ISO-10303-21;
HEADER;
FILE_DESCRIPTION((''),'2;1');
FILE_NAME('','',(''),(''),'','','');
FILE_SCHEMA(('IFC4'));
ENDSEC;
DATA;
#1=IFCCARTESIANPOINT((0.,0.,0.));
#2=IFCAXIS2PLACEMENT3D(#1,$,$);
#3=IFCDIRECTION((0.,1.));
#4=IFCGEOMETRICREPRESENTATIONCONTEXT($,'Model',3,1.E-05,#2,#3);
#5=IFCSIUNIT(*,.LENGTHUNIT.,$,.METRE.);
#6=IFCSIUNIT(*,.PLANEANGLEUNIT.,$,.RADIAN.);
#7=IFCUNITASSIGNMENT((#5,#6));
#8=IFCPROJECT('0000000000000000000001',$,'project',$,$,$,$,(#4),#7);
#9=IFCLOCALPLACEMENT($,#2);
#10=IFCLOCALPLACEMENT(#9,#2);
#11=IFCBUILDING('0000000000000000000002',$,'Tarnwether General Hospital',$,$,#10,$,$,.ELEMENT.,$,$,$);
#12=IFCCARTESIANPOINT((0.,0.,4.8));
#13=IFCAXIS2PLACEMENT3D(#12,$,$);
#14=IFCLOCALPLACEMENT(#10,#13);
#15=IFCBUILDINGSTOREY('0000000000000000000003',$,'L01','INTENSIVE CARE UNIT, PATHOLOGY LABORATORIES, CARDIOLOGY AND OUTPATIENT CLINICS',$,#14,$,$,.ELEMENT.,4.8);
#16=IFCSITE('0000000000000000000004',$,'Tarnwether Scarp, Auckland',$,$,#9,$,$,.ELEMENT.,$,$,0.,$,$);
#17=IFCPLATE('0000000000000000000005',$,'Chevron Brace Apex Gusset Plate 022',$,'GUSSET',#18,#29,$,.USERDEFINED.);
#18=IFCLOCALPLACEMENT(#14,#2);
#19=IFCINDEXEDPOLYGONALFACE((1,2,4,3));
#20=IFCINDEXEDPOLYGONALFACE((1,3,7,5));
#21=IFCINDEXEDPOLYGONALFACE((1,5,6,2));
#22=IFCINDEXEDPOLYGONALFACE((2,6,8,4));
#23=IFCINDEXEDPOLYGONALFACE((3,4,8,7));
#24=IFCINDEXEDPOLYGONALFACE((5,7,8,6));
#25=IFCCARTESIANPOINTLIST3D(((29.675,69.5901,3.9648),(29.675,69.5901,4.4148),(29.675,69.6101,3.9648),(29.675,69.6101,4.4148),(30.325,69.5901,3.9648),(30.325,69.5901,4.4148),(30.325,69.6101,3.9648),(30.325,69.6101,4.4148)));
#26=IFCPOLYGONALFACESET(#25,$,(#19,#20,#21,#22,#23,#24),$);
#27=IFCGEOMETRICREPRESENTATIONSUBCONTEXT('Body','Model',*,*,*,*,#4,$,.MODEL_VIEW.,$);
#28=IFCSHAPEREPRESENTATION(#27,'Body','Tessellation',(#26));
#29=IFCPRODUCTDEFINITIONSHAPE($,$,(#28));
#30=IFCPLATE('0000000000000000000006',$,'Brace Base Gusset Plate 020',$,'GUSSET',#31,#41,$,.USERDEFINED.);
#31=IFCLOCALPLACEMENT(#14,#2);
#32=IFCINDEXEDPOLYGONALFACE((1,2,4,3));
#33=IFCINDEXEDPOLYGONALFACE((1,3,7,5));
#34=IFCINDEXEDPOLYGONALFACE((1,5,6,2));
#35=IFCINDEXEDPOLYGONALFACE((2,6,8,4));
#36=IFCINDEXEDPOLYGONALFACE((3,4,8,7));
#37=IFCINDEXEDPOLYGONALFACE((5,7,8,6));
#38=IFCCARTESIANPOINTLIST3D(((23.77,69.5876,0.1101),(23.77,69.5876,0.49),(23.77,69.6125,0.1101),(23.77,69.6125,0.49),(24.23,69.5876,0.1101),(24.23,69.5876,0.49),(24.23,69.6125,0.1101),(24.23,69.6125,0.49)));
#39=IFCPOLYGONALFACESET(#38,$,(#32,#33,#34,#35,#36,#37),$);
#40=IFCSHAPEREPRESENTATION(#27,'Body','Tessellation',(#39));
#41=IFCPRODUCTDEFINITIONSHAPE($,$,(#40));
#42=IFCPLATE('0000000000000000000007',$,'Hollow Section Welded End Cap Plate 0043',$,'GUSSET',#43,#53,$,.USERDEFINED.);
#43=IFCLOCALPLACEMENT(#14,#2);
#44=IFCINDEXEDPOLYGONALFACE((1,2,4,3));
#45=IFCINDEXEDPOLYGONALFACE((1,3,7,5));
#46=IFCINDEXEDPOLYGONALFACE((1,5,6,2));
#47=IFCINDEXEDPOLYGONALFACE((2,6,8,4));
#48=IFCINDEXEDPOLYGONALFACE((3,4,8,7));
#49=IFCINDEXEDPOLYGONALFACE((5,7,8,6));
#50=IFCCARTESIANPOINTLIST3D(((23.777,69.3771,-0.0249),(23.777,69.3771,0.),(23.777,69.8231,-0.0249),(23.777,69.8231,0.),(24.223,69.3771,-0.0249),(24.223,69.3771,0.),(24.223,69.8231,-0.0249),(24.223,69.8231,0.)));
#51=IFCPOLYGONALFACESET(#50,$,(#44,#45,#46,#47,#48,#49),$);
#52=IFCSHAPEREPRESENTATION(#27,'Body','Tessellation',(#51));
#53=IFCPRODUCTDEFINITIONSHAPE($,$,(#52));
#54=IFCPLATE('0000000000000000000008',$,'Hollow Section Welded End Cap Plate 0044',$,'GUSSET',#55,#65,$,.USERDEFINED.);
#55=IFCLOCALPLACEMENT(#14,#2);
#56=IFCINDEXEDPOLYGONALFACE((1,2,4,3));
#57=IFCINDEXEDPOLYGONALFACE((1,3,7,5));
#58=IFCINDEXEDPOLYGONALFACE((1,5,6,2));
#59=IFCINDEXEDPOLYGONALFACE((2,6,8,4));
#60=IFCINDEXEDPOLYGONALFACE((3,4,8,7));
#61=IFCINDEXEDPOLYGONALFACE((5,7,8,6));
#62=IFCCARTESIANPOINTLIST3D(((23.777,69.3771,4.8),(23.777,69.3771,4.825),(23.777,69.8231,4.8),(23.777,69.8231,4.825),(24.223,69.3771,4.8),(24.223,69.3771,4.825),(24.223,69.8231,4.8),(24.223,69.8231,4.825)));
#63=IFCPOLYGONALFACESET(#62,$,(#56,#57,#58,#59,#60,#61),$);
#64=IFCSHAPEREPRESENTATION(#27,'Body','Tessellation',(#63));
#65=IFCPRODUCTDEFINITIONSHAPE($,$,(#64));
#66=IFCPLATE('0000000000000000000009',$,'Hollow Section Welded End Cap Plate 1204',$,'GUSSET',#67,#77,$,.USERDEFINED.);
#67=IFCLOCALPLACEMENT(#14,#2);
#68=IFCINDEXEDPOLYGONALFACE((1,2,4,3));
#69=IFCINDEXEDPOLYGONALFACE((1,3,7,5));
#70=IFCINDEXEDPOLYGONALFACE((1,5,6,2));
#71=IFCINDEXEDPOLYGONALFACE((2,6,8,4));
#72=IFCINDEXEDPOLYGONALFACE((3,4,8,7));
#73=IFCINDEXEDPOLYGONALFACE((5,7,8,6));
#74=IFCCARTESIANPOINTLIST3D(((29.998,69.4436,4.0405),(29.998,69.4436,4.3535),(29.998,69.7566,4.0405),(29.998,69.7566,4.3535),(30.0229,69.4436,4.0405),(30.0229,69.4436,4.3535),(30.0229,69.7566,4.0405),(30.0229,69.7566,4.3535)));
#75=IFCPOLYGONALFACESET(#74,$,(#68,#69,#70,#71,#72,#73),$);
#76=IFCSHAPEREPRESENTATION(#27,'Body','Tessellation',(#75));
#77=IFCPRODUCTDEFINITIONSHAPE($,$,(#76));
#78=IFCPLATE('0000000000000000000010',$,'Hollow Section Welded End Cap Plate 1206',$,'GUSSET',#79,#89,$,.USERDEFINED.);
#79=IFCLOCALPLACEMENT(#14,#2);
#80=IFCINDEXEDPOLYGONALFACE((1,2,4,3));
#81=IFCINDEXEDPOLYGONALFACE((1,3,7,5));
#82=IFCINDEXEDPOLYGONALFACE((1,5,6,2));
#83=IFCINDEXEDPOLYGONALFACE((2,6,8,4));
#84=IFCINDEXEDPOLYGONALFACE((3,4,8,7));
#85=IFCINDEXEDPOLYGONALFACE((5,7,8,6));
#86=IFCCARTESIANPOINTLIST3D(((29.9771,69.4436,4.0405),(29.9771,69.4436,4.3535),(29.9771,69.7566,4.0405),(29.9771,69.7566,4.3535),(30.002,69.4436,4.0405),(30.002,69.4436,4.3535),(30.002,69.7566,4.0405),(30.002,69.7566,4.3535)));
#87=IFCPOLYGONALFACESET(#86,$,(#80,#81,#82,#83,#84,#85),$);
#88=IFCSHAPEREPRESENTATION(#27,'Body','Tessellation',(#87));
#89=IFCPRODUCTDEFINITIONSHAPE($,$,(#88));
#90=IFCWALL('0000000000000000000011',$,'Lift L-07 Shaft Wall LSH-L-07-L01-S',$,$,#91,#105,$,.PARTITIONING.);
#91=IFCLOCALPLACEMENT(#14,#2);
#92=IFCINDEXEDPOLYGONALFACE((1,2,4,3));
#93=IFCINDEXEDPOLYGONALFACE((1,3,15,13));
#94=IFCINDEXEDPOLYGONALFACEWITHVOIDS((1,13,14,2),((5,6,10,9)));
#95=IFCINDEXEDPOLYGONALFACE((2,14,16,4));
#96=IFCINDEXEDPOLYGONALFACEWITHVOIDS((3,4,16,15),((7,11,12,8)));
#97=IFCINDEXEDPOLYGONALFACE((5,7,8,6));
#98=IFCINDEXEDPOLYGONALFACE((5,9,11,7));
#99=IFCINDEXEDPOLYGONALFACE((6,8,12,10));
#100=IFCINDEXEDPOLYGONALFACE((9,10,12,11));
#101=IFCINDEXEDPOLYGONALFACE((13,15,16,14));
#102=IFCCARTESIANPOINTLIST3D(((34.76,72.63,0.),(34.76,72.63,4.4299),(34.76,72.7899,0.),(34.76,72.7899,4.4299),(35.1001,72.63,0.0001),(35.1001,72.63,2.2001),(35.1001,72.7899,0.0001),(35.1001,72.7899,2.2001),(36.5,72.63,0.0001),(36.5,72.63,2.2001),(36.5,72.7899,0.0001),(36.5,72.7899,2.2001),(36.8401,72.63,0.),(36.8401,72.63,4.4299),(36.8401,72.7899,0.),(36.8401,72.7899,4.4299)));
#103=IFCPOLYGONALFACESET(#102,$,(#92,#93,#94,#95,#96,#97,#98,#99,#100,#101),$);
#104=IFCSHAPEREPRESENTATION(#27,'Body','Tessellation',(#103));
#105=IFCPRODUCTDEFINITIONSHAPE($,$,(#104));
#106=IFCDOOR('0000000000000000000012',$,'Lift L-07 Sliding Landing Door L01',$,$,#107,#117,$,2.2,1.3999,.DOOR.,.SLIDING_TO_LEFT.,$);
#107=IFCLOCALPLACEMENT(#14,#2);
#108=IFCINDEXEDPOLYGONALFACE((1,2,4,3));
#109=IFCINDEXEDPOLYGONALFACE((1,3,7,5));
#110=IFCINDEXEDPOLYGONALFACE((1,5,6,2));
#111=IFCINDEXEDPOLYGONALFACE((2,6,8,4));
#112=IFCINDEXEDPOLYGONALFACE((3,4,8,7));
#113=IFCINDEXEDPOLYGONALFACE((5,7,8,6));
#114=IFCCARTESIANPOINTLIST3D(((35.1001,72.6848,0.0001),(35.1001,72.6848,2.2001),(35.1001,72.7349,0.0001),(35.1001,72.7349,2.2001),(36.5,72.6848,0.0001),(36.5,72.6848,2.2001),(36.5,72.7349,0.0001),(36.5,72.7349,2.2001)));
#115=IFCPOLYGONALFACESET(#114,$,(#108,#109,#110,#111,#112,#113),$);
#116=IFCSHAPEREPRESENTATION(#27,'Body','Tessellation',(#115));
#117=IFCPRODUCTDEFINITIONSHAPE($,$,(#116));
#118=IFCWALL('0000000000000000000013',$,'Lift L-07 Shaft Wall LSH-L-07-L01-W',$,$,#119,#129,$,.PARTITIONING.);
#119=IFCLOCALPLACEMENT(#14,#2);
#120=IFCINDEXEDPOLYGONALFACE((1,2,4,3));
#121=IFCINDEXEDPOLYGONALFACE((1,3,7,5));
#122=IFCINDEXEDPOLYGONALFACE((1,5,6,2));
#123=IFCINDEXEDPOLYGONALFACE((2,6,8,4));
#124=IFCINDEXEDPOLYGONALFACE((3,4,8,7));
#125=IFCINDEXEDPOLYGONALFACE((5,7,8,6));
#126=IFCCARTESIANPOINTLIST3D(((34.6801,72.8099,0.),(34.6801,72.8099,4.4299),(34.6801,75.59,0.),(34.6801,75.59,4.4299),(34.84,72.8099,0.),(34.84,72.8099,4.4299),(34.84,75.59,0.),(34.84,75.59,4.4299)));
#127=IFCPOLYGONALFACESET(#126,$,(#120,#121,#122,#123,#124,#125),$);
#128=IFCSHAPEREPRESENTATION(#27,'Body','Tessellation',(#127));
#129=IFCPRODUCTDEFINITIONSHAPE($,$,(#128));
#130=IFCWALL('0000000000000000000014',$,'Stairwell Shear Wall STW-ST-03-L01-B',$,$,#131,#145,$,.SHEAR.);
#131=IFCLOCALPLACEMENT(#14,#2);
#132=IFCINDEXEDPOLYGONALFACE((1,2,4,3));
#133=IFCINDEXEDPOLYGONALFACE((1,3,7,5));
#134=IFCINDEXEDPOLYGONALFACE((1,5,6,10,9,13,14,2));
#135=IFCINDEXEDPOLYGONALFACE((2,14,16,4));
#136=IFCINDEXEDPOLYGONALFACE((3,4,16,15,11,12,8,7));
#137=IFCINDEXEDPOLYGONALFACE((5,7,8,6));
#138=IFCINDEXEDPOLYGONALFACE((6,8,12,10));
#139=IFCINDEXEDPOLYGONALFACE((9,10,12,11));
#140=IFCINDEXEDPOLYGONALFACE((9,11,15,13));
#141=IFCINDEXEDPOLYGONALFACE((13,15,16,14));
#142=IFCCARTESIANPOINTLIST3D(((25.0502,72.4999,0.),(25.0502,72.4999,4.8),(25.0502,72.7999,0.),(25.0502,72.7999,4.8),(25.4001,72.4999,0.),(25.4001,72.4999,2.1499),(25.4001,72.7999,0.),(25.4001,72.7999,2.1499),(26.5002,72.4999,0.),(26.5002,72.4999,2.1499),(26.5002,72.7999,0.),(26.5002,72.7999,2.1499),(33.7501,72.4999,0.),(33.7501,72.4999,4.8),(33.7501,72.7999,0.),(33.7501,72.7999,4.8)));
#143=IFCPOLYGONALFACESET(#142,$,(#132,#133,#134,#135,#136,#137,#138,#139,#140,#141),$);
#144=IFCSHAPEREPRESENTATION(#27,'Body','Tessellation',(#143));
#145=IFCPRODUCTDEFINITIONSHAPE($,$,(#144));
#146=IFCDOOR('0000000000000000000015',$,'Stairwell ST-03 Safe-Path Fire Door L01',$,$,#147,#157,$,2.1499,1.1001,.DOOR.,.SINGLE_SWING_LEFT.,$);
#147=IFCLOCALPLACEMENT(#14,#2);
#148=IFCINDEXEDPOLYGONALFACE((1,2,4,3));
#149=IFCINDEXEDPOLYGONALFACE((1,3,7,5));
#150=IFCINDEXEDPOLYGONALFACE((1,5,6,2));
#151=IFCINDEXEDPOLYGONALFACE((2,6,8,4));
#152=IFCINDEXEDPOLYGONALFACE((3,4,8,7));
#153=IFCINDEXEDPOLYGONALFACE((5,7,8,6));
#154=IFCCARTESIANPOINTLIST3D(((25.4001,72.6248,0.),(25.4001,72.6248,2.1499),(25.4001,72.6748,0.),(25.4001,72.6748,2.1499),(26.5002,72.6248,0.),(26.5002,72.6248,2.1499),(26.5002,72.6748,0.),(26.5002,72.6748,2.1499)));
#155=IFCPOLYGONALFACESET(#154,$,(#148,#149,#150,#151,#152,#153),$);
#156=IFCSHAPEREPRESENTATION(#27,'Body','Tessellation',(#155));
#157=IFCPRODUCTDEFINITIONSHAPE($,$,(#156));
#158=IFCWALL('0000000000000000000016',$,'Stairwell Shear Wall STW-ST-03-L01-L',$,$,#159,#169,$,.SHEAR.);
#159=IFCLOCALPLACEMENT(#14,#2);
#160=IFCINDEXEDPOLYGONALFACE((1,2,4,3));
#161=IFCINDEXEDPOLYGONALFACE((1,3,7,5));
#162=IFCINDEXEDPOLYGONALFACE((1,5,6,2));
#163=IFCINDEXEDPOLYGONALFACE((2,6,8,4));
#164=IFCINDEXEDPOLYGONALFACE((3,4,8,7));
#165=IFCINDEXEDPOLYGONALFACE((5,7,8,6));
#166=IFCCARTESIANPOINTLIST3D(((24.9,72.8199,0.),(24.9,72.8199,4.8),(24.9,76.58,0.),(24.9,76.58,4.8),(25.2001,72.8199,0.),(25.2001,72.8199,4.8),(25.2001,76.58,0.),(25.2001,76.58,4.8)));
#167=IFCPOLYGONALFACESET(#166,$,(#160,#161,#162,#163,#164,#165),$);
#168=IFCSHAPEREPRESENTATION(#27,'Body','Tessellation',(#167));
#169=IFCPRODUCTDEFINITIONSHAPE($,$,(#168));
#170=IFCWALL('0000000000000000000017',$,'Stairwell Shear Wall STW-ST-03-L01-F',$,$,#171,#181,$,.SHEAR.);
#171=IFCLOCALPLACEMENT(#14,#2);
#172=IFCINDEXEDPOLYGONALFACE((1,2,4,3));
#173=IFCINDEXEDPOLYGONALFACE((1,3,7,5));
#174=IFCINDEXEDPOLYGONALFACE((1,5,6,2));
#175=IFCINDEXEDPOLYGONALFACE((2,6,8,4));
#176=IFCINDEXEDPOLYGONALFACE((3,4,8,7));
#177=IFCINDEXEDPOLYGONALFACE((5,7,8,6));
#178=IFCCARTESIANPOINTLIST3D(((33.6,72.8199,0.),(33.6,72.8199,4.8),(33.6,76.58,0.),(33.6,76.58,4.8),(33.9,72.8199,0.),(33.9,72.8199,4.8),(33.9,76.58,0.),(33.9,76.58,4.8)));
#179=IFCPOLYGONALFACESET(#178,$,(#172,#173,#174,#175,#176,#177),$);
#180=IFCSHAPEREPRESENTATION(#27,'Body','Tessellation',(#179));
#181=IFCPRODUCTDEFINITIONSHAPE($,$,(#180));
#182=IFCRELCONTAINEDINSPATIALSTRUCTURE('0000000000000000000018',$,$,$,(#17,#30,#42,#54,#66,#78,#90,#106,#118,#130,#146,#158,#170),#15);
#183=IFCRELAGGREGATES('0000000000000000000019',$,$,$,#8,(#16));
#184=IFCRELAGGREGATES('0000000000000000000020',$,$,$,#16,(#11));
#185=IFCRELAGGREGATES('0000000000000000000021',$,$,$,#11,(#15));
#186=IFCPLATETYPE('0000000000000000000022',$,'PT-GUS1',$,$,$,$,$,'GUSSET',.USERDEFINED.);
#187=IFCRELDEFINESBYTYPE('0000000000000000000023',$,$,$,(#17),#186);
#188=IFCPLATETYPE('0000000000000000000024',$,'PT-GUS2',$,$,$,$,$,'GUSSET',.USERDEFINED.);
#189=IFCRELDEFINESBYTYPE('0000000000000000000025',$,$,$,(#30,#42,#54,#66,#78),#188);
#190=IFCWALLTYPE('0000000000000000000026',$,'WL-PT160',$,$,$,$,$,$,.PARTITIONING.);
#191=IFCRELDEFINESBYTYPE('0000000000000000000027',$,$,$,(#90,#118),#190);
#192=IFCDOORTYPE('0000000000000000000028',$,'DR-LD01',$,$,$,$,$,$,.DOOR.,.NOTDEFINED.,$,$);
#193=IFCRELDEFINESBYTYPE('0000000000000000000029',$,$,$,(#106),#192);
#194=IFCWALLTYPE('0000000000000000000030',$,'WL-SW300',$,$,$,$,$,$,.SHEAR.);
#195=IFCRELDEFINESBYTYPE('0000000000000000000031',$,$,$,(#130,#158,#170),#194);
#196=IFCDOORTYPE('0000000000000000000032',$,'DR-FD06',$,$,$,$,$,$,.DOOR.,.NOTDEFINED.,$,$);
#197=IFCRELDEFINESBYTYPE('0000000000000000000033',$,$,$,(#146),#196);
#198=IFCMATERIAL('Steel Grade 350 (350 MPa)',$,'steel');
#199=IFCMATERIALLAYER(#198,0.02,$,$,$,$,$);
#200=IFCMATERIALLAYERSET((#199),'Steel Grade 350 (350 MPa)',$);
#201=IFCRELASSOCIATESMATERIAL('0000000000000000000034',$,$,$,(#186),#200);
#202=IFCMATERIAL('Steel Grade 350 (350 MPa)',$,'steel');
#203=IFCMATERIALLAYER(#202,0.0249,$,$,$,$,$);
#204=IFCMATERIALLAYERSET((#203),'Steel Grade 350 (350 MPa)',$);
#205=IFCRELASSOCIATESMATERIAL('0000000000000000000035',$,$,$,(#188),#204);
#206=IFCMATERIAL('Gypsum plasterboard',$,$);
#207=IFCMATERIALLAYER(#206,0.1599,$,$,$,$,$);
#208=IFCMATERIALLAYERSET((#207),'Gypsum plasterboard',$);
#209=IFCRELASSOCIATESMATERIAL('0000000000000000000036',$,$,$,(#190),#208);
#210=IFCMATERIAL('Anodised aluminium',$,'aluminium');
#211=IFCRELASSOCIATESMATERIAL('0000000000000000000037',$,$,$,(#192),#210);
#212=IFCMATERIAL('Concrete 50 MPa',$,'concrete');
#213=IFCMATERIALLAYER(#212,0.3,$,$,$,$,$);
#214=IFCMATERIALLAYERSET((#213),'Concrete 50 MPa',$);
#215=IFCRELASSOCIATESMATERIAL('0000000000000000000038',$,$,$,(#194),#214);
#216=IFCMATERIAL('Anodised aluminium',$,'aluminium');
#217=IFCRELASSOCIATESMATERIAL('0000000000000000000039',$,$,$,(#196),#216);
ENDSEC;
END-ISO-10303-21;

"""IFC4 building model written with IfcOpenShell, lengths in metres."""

from ifc_helpers import new_model, si_unit, direction, frame, frame_2d, origin, origin_2d, place, context, subcontext, project, spatial, rectangle, extrude, material, layer, layer_set, type_object, element, fill, save


model = new_model("IFC4")

# Units and contexts
model_context = context("Model", 3, precision=1e-05, world=origin(), true_north=direction((0.0, 1.0)))
body_context = subcontext(model_context, "Body", "Model", "MODEL_VIEW")
ifc_project = project(units=[si_unit("LENGTHUNIT", "METRE"), si_unit("PLANEANGLEUNIT", "RADIAN")], contexts=[model_context])

# Site, building, storey
site_placement = place(None, origin())
site = spatial("IfcSite", under=ifc_project, at=site_placement, Name="Tarnwether Scarp, Auckland", CompositionType="ELEMENT", RefElevation=0.0)
building_placement = place(site_placement, origin())
building = spatial("IfcBuilding", under=site, at=building_placement, Name="Tarnwether General Hospital", CompositionType="ELEMENT")
storey_placement = place(building_placement, frame((0.0, 0.0, 4.8)))
storey = spatial("IfcBuildingStorey", under=building, at=storey_placement, Name="L01", Description="INTENSIVE CARE UNIT, PATHOLOGY LABORATORIES, CARDIOLOGY AND OUTPATIENT CLINICS", CompositionType="ELEMENT", Elevation=4.8)

# Plates
ifc_material_1 = material(Name="Steel Grade 350 (350 MPa)", Category="steel")
ifc_layer_1 = layer(ifc_material_1, 0.02)
ifc_layer_set_1 = layer_set([ifc_layer_1], Name="Steel Grade 350 (350 MPa)")
plate_type_1 = type_object("IfcPlateType", Name="PT-GUS1", ElementType="GUSSET", PredefinedType="USERDEFINED", material=ifc_layer_set_1)
plate_1_placement = place(storey_placement, frame((30.0, 69.6001, 3.9648), z_axis=(0.0, 0.0, 1.0), x_axis=(1.0, 0.0, 0.0)))
element("IfcPlate", 1, at=plate_1_placement, inside=storey, type_object=plate_type_1, Name="Chevron Brace Apex Gusset Plate 022", ObjectType="GUSSET", PredefinedType="USERDEFINED", context=body_context, shape_type="SweptSolid", body=[
    extrude(rectangle(XDim=0.6499, YDim=0.02, at=origin_2d()), origin(), (0.0, 0.0, 1.0), 0.45),
])
ifc_material_2 = material(Name="Steel Grade 350 (350 MPa)", Category="steel")
ifc_layer_2 = layer(ifc_material_2, 0.0249)
ifc_layer_set_2 = layer_set([ifc_layer_2], Name="Steel Grade 350 (350 MPa)")
plate_type_2 = type_object("IfcPlateType", Name="PT-GUS2", ElementType="GUSSET", PredefinedType="USERDEFINED", material=ifc_layer_set_2)
plate_2_placement = place(storey_placement, frame((24.0, 69.6001, 0.1101), z_axis=(0.0, 0.0, 1.0), x_axis=(1.0, 0.0, 0.0)))
element("IfcPlate", 2, at=plate_2_placement, inside=storey, type_object=plate_type_2, Name="Brace Base Gusset Plate 020", ObjectType="GUSSET", PredefinedType="USERDEFINED", context=body_context, shape_type="SweptSolid", body=[
    extrude(rectangle(XDim=0.46, YDim=0.0249, at=origin_2d()), origin(), (0.0, 0.0, 1.0), 0.3799),
])
for number, where, z_axis, x_axis, name in (
    (3, (24.0, 69.6001, -0.0249), (0.0, 0.0, 1.0), (1.0, 0.0, 0.0), "Hollow Section Welded End Cap Plate 0043"),
    (4, (24.0, 69.6001, 4.8), (0.0, 0.0, 1.0), (1.0, 0.0, 0.0), "Hollow Section Welded End Cap Plate 0044"),
):
    element("IfcPlate", number, at=place(storey_placement, frame(where, z_axis=z_axis, x_axis=x_axis)), inside=storey, type_object=plate_type_2, Name=name, ObjectType="GUSSET", PredefinedType="USERDEFINED", context=body_context, shape_type="SweptSolid", body=[
        extrude(rectangle(XDim=0.446, YDim=0.446, at=origin_2d()), origin(), (0.0, 0.0, 1.0), 0.0249),
    ])
for number, where, z_axis, x_axis, name in (
    (5, (30.0105, 69.6001, 4.0405), (0.0, 0.0, 1.0), (1.0, 0.0, 0.0), "Hollow Section Welded End Cap Plate 1204"),
    (6, (29.9895, 69.6001, 4.0405), (0.0, 0.0, 1.0), (-1.0, 0.0, 0.0), "Hollow Section Welded End Cap Plate 1206"),
):
    element("IfcPlate", number, at=place(storey_placement, frame(where, z_axis=z_axis, x_axis=x_axis)), inside=storey, type_object=plate_type_2, Name=name, ObjectType="GUSSET", PredefinedType="USERDEFINED", context=body_context, shape_type="SweptSolid", body=[
        extrude(rectangle(XDim=0.0249, YDim=0.313, at=origin_2d()), origin(), (0.0, 0.0, 1.0), 0.313),
    ])

# Wall, opening, door
ifc_material_3 = material(Name="Gypsum plasterboard")
ifc_layer_3 = layer(ifc_material_3, 0.1599)
ifc_layer_set_3 = layer_set([ifc_layer_3], Name="Gypsum plasterboard")
wall_type_1 = type_object("IfcWallType", Name="WL-PT160", PredefinedType="PARTITIONING", material=ifc_layer_set_3)
wall_1_placement = place(storey_placement, frame((34.76, 72.71, 0.0), z_axis=(0.0, 0.0, 1.0), x_axis=(1.0, 0.0, 0.0)))
wall_1 = element("IfcWall", 7, at=wall_1_placement, inside=storey, type_object=wall_type_1, Name="Lift L-07 Shaft Wall LSH-L-07-L01-S", PredefinedType="PARTITIONING", context=body_context, shape_type="SweptSolid", body=[
    extrude(rectangle(XDim=2.0801, YDim=0.1599, at=frame_2d((1.04, 0.0))), origin(), (0.0, 0.0, 1.0), 4.4299),
])
opening_1_placement = place(wall_1_placement, frame((0.3401, 0.0, 0.0)))
opening_1 = element("IfcOpeningElement", 8, at=opening_1_placement, cuts=wall_1, PredefinedType="OPENING", context=body_context, shape_type="SweptSolid", body=[
    extrude(rectangle(XDim=1.3999, YDim=2.2, at=frame_2d((0.7, 1.1001))), frame((0.0, 0.0898, 0.0), z_axis=(0.0, -1.0, 0.0), x_axis=(1.0, 0.0, 0.0)), (0.0, 0.0, 1.0), 0.1799),
])
ifc_material_4 = material(Name="Anodised aluminium", Category="aluminium")
door_type_1 = type_object("IfcDoorType", Name="DR-LD01", OperationType="NOTDEFINED", PredefinedType="DOOR", material=ifc_material_4)
door_1_placement = place(opening_1_placement, origin())
door_1 = element("IfcDoor", 9, at=door_1_placement, inside=storey, type_object=door_type_1, Name="Lift L-07 Sliding Landing Door L01", OperationType="SLIDING_TO_LEFT", OverallHeight=2.2, OverallWidth=1.3999, PredefinedType="DOOR", context=body_context, shape_type="SweptSolid", body=[
    extrude(rectangle(XDim=1.3999, YDim=2.2, at=frame_2d((0.7, 1.1001))), frame((0.0, 0.0249, 0.0), z_axis=(0.0, -1.0, 0.0), x_axis=(1.0, 0.0, 0.0)), (0.0, 0.0, 1.0), 0.05),
])
fill(opening_1, door_1)

# Wall
wall_2_placement = place(storey_placement, frame((34.76, 75.5901, 0.0), z_axis=(0.0, 0.0, 1.0), x_axis=(0.0, -1.0, 0.0)))
element("IfcWall", 10, at=wall_2_placement, inside=storey, type_object=wall_type_1, Name="Lift L-07 Shaft Wall LSH-L-07-L01-W", PredefinedType="PARTITIONING", context=body_context, shape_type="SweptSolid", body=[
    extrude(rectangle(XDim=2.78, YDim=0.1599, at=frame_2d((1.3901, 0.0))), origin(), (0.0, 0.0, 1.0), 4.4299),
])

# Wall, opening, door
ifc_material_5 = material(Name="Concrete 50 MPa", Category="concrete")
ifc_layer_4 = layer(ifc_material_5, 0.3)
ifc_layer_set_4 = layer_set([ifc_layer_4], Name="Concrete 50 MPa")
wall_type_2 = type_object("IfcWallType", Name="WL-SW300", PredefinedType="SHEAR", material=ifc_layer_set_4)
wall_3_placement = place(storey_placement, frame((25.05, 72.6499, 0.0), z_axis=(0.0, 0.0, 1.0), x_axis=(1.0, 0.0, 0.0)))
wall_3 = element("IfcWall", 11, at=wall_3_placement, inside=storey, type_object=wall_type_2, Name="Stairwell Shear Wall STW-ST-03-L01-B", PredefinedType="SHEAR", context=body_context, shape_type="SweptSolid", body=[
    extrude(rectangle(XDim=8.7, YDim=0.3, at=frame_2d((4.3501, 0.0))), origin(), (0.0, 0.0, 1.0), 4.8),
])
opening_2_placement = place(wall_3_placement, frame((0.3501, 0.0, 0.0)))
opening_2 = element("IfcOpeningElement", 12, at=opening_2_placement, cuts=wall_3, PredefinedType="OPENING", context=body_context, shape_type="SweptSolid", body=[
    extrude(rectangle(XDim=1.1001, YDim=2.1499, at=frame_2d((0.55, 1.075))), frame((0.0, 0.1602, 0.0), z_axis=(0.0, -1.0, 0.0), x_axis=(1.0, 0.0, 0.0)), (0.0, 0.0, 1.0), 0.3201),
])
ifc_material_6 = material(Name="Anodised aluminium", Category="aluminium")
door_type_2 = type_object("IfcDoorType", Name="DR-FD06", OperationType="NOTDEFINED", PredefinedType="DOOR", material=ifc_material_6)
door_2_placement = place(opening_2_placement, origin())
door_2 = element("IfcDoor", 13, at=door_2_placement, inside=storey, type_object=door_type_2, Name="Stairwell ST-03 Safe-Path Fire Door L01", OperationType="SINGLE_SWING_LEFT", OverallHeight=2.1499, OverallWidth=1.1001, PredefinedType="DOOR", context=body_context, shape_type="SweptSolid", body=[
    extrude(rectangle(XDim=1.1001, YDim=2.1499, at=frame_2d((0.55, 1.075))), frame((0.0, 0.0249, 0.0), z_axis=(0.0, -1.0, 0.0), x_axis=(1.0, 0.0, 0.0)), (0.0, 0.0, 1.0), 0.05),
])
fill(opening_2, door_2)

# Walls
for number, where, z_axis, x_axis, name in (
    (14, (25.05, 72.8201, 0.0), (0.0, 0.0, 1.0), (0.0, 1.0, 0.0), "Stairwell Shear Wall STW-ST-03-L01-L"),
    (15, (33.75, 72.8201, 0.0), (0.0, 0.0, 1.0), (0.0, 1.0, 0.0), "Stairwell Shear Wall STW-ST-03-L01-F"),
):
    element("IfcWall", number, at=place(storey_placement, frame(where, z_axis=z_axis, x_axis=x_axis)), inside=storey, type_object=wall_type_2, Name=name, PredefinedType="SHEAR", context=body_context, shape_type="SweptSolid", body=[
        extrude(rectangle(XDim=3.76, YDim=0.3, at=frame_2d((1.8799, 0.0))), origin(), (0.0, 0.0, 1.0), 4.8),
    ])

save(model, "model.ifc")
